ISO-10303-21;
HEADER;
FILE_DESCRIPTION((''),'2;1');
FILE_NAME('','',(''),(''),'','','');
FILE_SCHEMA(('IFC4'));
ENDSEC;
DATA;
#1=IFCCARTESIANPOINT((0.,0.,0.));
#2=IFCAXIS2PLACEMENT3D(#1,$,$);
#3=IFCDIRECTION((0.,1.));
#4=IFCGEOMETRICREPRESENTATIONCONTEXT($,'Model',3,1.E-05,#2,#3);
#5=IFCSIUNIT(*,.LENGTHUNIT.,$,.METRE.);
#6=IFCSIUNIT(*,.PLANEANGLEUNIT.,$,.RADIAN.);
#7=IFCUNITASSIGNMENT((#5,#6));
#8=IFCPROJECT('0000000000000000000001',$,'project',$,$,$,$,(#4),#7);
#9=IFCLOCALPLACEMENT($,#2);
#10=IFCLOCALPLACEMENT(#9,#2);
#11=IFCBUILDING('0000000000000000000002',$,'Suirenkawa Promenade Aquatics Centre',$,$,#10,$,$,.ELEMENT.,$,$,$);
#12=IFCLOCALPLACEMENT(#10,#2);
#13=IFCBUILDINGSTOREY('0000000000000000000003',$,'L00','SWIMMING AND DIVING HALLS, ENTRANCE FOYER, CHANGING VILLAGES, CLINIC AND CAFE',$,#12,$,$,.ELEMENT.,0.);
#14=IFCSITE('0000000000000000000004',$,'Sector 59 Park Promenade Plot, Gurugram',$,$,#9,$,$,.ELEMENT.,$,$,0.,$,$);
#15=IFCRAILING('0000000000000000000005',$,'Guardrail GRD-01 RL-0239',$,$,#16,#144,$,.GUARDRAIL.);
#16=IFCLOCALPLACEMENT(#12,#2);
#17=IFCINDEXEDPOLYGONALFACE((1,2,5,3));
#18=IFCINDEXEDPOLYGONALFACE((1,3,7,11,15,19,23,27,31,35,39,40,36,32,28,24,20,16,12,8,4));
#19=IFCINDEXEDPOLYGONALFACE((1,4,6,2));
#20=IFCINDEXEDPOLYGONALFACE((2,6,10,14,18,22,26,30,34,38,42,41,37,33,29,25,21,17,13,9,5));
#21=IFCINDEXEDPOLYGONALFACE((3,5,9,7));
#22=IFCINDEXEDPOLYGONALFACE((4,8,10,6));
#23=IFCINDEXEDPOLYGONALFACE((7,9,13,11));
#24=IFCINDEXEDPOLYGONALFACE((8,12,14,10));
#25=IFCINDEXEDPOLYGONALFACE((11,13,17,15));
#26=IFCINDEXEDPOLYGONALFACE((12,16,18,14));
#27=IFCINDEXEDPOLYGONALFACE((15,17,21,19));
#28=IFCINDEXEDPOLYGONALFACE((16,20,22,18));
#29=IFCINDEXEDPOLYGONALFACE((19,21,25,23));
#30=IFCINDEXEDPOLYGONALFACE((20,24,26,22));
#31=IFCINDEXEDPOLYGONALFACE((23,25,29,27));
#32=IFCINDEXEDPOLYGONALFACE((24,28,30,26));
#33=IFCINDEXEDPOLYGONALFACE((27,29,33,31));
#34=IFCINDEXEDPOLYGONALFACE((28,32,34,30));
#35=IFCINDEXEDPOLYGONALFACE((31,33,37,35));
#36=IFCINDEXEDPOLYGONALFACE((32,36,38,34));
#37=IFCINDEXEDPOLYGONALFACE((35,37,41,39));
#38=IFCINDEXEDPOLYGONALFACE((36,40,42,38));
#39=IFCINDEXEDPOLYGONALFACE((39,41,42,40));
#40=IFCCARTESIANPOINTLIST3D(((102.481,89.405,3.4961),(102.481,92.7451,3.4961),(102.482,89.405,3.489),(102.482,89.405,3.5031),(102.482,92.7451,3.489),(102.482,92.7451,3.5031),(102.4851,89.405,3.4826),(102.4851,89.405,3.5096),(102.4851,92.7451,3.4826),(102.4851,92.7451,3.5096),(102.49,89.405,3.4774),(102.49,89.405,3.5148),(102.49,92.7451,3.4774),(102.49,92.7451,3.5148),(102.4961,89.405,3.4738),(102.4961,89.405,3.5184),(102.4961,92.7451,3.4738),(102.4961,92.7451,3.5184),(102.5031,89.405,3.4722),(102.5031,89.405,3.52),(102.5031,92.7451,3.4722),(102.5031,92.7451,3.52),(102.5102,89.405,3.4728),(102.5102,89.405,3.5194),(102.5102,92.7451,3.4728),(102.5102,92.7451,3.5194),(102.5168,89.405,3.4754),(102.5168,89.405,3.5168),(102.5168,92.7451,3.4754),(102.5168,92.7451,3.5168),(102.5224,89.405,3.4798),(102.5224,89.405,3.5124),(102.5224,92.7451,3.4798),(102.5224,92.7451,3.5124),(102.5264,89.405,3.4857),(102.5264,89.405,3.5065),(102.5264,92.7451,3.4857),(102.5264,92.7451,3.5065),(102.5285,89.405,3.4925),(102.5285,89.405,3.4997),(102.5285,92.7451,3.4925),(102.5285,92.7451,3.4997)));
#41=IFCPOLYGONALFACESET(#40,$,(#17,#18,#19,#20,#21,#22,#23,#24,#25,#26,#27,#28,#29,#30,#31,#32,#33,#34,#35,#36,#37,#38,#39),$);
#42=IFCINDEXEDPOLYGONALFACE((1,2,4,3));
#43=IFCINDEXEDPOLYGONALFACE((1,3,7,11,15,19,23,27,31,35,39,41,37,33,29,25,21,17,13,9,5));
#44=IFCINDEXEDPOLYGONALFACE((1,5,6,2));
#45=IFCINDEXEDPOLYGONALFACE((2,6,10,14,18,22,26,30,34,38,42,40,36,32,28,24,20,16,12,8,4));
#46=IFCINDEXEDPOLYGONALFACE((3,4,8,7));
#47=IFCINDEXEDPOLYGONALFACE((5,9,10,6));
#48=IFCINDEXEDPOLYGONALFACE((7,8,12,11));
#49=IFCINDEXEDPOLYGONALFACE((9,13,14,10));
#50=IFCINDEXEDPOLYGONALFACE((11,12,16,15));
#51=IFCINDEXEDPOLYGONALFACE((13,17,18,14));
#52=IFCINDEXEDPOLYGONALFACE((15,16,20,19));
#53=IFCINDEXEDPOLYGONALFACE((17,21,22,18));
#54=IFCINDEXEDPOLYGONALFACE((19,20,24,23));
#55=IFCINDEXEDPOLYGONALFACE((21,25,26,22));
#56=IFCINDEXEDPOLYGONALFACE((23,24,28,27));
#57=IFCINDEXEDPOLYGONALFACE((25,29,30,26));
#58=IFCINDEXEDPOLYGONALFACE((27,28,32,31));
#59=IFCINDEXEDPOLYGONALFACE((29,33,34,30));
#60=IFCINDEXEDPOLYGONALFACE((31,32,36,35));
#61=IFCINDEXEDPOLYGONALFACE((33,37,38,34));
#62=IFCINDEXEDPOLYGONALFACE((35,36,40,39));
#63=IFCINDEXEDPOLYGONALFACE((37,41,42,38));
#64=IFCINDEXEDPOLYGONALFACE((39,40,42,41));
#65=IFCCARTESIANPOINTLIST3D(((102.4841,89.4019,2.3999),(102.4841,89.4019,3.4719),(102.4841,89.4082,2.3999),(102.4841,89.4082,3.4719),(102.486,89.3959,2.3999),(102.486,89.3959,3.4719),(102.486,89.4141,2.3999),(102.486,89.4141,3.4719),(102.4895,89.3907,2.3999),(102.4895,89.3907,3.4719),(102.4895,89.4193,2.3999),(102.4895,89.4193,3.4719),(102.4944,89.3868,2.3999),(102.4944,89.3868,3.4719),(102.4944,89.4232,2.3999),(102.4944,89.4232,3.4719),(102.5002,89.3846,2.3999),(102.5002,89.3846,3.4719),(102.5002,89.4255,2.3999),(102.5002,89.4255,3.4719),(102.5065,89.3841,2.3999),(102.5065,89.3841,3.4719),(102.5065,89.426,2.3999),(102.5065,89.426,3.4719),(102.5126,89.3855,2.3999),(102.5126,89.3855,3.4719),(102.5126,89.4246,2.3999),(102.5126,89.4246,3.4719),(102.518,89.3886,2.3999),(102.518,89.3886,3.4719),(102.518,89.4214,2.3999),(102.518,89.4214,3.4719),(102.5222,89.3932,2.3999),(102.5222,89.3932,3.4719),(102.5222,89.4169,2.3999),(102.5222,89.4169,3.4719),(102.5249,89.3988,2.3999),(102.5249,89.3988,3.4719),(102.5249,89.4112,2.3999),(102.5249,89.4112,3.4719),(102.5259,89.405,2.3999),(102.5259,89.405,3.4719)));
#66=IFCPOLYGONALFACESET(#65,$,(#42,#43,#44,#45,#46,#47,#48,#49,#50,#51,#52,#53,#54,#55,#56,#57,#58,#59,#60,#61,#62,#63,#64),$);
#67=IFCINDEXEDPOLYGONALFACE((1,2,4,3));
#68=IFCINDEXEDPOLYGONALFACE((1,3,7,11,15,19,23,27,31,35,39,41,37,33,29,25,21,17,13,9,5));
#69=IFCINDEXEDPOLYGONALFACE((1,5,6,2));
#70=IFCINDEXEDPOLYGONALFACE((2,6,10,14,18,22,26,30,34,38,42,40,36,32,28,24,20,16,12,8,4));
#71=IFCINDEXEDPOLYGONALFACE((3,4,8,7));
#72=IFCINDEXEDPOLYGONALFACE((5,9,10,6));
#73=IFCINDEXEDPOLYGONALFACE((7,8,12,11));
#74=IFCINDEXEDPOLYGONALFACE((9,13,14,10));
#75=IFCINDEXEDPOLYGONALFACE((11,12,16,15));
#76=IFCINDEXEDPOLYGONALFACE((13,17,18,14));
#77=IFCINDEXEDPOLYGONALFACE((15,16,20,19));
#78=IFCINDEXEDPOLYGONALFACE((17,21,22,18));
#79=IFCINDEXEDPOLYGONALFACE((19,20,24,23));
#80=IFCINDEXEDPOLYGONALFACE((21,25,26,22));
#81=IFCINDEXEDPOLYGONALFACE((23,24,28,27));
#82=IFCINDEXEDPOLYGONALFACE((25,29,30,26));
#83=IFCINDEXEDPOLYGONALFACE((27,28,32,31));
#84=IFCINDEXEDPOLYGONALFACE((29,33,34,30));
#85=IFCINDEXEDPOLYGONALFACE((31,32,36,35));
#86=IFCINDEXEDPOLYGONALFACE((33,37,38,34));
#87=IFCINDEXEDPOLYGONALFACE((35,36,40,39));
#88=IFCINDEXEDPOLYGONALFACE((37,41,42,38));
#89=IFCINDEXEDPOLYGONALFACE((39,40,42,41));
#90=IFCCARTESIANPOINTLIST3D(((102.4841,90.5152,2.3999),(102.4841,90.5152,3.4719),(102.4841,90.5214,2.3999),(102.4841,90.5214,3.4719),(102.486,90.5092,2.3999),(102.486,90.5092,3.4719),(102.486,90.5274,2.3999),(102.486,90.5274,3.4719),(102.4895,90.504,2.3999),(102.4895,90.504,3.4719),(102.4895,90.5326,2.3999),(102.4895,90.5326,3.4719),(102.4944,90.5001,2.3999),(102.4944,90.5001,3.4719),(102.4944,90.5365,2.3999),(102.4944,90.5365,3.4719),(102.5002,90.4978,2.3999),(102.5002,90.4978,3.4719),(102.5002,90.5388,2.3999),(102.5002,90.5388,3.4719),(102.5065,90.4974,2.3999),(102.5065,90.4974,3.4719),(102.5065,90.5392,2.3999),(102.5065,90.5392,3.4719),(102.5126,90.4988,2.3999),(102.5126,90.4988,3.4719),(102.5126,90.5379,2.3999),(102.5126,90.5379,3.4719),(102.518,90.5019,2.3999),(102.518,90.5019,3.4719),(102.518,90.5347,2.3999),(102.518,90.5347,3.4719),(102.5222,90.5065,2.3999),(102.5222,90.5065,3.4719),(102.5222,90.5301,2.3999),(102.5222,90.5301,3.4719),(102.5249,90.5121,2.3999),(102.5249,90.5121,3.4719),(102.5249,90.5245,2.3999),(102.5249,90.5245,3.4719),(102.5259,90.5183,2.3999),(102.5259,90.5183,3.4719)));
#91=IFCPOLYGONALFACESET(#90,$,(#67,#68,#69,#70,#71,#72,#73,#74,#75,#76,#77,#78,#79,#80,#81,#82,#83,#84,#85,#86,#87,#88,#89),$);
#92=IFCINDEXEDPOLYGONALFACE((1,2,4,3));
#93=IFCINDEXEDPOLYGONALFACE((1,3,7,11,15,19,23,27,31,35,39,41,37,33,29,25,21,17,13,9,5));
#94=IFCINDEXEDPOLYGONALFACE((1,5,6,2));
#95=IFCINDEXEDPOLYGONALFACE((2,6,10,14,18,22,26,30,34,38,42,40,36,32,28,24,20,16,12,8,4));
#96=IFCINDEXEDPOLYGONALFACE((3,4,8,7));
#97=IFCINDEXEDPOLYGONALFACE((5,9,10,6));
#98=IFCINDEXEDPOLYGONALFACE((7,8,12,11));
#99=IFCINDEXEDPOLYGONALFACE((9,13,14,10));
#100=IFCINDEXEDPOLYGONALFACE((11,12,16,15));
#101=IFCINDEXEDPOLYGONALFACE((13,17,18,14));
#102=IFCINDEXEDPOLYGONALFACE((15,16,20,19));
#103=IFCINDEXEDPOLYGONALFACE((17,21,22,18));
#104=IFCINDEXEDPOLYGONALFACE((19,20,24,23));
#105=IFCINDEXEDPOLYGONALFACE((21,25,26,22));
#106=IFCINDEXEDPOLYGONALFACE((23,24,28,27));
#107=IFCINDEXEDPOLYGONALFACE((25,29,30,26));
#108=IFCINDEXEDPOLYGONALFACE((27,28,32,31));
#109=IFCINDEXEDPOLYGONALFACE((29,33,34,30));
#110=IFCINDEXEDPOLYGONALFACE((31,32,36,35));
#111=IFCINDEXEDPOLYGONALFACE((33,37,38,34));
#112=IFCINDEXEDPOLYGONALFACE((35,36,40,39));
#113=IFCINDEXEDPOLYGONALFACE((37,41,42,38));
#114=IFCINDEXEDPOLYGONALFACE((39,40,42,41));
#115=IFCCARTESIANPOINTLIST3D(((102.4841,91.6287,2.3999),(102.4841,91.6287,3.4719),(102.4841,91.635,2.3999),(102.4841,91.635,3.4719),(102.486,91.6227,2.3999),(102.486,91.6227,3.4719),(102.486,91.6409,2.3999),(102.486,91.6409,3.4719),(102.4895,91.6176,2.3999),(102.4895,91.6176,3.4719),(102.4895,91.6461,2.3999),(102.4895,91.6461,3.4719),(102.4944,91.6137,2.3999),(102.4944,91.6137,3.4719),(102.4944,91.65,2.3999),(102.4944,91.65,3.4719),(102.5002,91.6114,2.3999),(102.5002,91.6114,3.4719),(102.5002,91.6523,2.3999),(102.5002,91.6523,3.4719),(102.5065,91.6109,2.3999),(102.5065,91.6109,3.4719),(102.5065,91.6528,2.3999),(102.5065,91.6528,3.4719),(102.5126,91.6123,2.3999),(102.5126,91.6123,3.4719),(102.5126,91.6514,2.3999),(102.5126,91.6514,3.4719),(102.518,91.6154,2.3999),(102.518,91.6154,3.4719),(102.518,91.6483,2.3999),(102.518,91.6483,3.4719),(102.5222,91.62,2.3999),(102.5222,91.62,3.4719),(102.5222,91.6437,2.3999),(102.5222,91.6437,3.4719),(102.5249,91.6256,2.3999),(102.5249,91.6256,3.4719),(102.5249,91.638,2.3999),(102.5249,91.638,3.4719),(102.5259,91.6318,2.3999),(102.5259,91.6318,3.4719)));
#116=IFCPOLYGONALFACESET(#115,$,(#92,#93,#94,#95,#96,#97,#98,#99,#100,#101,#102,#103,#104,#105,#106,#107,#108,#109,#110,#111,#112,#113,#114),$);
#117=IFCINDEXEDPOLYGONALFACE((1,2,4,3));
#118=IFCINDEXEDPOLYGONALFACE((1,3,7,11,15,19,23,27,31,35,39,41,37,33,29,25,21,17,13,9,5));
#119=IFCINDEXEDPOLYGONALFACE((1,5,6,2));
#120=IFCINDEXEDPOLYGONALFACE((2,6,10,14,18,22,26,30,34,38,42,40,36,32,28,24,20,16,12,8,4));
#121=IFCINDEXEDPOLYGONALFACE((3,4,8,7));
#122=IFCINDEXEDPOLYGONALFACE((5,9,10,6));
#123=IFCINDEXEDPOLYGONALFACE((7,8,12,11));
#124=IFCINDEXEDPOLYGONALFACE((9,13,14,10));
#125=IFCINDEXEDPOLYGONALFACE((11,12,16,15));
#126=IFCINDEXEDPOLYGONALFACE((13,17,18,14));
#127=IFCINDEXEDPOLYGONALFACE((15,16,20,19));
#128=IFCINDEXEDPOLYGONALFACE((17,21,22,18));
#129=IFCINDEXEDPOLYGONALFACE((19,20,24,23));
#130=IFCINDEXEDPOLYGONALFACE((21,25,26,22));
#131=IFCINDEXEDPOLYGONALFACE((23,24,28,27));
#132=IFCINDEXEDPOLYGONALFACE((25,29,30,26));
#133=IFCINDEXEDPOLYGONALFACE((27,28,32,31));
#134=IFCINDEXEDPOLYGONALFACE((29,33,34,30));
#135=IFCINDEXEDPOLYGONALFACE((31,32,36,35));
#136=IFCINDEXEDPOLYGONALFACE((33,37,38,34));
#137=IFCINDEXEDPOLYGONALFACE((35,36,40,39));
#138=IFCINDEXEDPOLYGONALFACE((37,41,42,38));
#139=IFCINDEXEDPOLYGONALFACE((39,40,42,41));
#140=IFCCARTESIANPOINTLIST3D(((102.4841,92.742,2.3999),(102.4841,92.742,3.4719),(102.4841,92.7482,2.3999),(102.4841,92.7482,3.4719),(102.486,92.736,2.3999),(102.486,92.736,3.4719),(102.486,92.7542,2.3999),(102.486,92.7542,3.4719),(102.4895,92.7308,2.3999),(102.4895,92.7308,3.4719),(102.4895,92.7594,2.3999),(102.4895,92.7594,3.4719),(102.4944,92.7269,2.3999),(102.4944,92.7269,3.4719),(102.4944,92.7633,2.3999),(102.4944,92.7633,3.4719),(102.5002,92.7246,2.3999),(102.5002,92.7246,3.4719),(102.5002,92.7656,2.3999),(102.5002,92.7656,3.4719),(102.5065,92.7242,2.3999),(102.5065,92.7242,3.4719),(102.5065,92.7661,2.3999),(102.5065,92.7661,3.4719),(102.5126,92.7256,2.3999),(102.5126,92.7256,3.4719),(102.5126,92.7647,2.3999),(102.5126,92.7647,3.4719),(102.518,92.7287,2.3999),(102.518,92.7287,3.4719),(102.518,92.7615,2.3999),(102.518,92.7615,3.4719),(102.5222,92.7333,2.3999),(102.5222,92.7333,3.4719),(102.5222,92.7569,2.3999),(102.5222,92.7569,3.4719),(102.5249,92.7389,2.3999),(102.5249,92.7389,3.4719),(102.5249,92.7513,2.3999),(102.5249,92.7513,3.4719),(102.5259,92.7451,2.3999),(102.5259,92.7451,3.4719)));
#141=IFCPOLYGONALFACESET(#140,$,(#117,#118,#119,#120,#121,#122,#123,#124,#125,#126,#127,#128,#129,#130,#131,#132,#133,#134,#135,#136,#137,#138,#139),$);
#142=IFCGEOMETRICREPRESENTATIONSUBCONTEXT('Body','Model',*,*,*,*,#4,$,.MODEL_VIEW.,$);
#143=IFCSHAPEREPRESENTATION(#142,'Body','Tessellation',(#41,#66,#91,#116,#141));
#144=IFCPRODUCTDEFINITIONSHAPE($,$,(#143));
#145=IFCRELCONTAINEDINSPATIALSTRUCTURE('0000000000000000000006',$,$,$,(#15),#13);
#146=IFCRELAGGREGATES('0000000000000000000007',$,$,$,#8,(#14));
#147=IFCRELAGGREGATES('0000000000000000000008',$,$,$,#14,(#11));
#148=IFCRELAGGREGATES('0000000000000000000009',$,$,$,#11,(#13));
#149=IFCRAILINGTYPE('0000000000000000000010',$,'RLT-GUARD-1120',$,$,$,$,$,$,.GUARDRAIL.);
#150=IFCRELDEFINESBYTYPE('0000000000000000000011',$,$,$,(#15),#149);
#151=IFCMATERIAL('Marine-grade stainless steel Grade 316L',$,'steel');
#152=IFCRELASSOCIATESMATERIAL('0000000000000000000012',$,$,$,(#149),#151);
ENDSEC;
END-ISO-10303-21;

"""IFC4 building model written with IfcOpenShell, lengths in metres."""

from ifc_helpers import new_model, si_unit, direction, frame, origin, origin_2d, place, context, subcontext, project, spatial, circle, extrude, material, type_object, element, save


model = new_model("IFC4")

# Units and contexts
model_context = context("Model", 3, precision=1e-05, world=origin(), true_north=direction((0.0, 1.0)))
body_context = subcontext(model_context, "Body", "Model", "MODEL_VIEW")
ifc_project = project(units=[si_unit("LENGTHUNIT", "METRE"), si_unit("PLANEANGLEUNIT", "RADIAN")], contexts=[model_context])

# Site, building, storey
site_placement = place(None, origin())
site = spatial("IfcSite", under=ifc_project, at=site_placement, Name="Sector 59 Park Promenade Plot, Gurugram", CompositionType="ELEMENT", RefElevation=0.0)
building_placement = place(site_placement, origin())
building = spatial("IfcBuilding", under=site, at=building_placement, Name="Suirenkawa Promenade Aquatics Centre", CompositionType="ELEMENT")
storey_placement = place(building_placement, origin())
storey = spatial("IfcBuildingStorey", under=building, at=storey_placement, Name="L00", Description="SWIMMING AND DIVING HALLS, ENTRANCE FOYER, CHANGING VILLAGES, CLINIC AND CAFE", CompositionType="ELEMENT", Elevation=0.0)

# Railing
ifc_material_1 = material(Name="Marine-grade stainless steel Grade 316L", Category="steel")
railing_type = type_object("IfcRailingType", Name="RLT-GUARD-1120", PredefinedType="GUARDRAIL", material=ifc_material_1)
for number, where, name in (
    (1, (102.5049, 89.405, 2.3999), "Guardrail GRD-01 RL-0239"),
):
    element("IfcRailing", number, at=place(storey_placement, frame(where)), inside=storey, type_object=railing_type, Name=name, PredefinedType="GUARDRAIL", context=body_context, shape_type="SweptSolid", body=[
        extrude(circle(Radius=0.0239, at=origin_2d()), frame((0.0, 0.0, 1.0962), z_axis=(0.0, 1.0, 0.0), x_axis=(-1.0, 0.0, 0.0)), (0.0, 0.0, 1.0), 3.3401),
        extrude(circle(Radius=0.021, at=origin_2d()), origin(), (0.0, 0.0, 1.0), 1.072),
        extrude(circle(Radius=0.021, at=origin_2d()), frame((0.0, 1.1133, 0.0)), (0.0, 0.0, 1.0), 1.072),
        extrude(circle(Radius=0.021, at=origin_2d()), frame((0.0, 2.2268, 0.0)), (0.0, 0.0, 1.0), 1.072),
        extrude(circle(Radius=0.021, at=origin_2d()), frame((0.0, 3.3401, 0.0)), (0.0, 0.0, 1.0), 1.072),
    ])

save(model, "model.ifc")
